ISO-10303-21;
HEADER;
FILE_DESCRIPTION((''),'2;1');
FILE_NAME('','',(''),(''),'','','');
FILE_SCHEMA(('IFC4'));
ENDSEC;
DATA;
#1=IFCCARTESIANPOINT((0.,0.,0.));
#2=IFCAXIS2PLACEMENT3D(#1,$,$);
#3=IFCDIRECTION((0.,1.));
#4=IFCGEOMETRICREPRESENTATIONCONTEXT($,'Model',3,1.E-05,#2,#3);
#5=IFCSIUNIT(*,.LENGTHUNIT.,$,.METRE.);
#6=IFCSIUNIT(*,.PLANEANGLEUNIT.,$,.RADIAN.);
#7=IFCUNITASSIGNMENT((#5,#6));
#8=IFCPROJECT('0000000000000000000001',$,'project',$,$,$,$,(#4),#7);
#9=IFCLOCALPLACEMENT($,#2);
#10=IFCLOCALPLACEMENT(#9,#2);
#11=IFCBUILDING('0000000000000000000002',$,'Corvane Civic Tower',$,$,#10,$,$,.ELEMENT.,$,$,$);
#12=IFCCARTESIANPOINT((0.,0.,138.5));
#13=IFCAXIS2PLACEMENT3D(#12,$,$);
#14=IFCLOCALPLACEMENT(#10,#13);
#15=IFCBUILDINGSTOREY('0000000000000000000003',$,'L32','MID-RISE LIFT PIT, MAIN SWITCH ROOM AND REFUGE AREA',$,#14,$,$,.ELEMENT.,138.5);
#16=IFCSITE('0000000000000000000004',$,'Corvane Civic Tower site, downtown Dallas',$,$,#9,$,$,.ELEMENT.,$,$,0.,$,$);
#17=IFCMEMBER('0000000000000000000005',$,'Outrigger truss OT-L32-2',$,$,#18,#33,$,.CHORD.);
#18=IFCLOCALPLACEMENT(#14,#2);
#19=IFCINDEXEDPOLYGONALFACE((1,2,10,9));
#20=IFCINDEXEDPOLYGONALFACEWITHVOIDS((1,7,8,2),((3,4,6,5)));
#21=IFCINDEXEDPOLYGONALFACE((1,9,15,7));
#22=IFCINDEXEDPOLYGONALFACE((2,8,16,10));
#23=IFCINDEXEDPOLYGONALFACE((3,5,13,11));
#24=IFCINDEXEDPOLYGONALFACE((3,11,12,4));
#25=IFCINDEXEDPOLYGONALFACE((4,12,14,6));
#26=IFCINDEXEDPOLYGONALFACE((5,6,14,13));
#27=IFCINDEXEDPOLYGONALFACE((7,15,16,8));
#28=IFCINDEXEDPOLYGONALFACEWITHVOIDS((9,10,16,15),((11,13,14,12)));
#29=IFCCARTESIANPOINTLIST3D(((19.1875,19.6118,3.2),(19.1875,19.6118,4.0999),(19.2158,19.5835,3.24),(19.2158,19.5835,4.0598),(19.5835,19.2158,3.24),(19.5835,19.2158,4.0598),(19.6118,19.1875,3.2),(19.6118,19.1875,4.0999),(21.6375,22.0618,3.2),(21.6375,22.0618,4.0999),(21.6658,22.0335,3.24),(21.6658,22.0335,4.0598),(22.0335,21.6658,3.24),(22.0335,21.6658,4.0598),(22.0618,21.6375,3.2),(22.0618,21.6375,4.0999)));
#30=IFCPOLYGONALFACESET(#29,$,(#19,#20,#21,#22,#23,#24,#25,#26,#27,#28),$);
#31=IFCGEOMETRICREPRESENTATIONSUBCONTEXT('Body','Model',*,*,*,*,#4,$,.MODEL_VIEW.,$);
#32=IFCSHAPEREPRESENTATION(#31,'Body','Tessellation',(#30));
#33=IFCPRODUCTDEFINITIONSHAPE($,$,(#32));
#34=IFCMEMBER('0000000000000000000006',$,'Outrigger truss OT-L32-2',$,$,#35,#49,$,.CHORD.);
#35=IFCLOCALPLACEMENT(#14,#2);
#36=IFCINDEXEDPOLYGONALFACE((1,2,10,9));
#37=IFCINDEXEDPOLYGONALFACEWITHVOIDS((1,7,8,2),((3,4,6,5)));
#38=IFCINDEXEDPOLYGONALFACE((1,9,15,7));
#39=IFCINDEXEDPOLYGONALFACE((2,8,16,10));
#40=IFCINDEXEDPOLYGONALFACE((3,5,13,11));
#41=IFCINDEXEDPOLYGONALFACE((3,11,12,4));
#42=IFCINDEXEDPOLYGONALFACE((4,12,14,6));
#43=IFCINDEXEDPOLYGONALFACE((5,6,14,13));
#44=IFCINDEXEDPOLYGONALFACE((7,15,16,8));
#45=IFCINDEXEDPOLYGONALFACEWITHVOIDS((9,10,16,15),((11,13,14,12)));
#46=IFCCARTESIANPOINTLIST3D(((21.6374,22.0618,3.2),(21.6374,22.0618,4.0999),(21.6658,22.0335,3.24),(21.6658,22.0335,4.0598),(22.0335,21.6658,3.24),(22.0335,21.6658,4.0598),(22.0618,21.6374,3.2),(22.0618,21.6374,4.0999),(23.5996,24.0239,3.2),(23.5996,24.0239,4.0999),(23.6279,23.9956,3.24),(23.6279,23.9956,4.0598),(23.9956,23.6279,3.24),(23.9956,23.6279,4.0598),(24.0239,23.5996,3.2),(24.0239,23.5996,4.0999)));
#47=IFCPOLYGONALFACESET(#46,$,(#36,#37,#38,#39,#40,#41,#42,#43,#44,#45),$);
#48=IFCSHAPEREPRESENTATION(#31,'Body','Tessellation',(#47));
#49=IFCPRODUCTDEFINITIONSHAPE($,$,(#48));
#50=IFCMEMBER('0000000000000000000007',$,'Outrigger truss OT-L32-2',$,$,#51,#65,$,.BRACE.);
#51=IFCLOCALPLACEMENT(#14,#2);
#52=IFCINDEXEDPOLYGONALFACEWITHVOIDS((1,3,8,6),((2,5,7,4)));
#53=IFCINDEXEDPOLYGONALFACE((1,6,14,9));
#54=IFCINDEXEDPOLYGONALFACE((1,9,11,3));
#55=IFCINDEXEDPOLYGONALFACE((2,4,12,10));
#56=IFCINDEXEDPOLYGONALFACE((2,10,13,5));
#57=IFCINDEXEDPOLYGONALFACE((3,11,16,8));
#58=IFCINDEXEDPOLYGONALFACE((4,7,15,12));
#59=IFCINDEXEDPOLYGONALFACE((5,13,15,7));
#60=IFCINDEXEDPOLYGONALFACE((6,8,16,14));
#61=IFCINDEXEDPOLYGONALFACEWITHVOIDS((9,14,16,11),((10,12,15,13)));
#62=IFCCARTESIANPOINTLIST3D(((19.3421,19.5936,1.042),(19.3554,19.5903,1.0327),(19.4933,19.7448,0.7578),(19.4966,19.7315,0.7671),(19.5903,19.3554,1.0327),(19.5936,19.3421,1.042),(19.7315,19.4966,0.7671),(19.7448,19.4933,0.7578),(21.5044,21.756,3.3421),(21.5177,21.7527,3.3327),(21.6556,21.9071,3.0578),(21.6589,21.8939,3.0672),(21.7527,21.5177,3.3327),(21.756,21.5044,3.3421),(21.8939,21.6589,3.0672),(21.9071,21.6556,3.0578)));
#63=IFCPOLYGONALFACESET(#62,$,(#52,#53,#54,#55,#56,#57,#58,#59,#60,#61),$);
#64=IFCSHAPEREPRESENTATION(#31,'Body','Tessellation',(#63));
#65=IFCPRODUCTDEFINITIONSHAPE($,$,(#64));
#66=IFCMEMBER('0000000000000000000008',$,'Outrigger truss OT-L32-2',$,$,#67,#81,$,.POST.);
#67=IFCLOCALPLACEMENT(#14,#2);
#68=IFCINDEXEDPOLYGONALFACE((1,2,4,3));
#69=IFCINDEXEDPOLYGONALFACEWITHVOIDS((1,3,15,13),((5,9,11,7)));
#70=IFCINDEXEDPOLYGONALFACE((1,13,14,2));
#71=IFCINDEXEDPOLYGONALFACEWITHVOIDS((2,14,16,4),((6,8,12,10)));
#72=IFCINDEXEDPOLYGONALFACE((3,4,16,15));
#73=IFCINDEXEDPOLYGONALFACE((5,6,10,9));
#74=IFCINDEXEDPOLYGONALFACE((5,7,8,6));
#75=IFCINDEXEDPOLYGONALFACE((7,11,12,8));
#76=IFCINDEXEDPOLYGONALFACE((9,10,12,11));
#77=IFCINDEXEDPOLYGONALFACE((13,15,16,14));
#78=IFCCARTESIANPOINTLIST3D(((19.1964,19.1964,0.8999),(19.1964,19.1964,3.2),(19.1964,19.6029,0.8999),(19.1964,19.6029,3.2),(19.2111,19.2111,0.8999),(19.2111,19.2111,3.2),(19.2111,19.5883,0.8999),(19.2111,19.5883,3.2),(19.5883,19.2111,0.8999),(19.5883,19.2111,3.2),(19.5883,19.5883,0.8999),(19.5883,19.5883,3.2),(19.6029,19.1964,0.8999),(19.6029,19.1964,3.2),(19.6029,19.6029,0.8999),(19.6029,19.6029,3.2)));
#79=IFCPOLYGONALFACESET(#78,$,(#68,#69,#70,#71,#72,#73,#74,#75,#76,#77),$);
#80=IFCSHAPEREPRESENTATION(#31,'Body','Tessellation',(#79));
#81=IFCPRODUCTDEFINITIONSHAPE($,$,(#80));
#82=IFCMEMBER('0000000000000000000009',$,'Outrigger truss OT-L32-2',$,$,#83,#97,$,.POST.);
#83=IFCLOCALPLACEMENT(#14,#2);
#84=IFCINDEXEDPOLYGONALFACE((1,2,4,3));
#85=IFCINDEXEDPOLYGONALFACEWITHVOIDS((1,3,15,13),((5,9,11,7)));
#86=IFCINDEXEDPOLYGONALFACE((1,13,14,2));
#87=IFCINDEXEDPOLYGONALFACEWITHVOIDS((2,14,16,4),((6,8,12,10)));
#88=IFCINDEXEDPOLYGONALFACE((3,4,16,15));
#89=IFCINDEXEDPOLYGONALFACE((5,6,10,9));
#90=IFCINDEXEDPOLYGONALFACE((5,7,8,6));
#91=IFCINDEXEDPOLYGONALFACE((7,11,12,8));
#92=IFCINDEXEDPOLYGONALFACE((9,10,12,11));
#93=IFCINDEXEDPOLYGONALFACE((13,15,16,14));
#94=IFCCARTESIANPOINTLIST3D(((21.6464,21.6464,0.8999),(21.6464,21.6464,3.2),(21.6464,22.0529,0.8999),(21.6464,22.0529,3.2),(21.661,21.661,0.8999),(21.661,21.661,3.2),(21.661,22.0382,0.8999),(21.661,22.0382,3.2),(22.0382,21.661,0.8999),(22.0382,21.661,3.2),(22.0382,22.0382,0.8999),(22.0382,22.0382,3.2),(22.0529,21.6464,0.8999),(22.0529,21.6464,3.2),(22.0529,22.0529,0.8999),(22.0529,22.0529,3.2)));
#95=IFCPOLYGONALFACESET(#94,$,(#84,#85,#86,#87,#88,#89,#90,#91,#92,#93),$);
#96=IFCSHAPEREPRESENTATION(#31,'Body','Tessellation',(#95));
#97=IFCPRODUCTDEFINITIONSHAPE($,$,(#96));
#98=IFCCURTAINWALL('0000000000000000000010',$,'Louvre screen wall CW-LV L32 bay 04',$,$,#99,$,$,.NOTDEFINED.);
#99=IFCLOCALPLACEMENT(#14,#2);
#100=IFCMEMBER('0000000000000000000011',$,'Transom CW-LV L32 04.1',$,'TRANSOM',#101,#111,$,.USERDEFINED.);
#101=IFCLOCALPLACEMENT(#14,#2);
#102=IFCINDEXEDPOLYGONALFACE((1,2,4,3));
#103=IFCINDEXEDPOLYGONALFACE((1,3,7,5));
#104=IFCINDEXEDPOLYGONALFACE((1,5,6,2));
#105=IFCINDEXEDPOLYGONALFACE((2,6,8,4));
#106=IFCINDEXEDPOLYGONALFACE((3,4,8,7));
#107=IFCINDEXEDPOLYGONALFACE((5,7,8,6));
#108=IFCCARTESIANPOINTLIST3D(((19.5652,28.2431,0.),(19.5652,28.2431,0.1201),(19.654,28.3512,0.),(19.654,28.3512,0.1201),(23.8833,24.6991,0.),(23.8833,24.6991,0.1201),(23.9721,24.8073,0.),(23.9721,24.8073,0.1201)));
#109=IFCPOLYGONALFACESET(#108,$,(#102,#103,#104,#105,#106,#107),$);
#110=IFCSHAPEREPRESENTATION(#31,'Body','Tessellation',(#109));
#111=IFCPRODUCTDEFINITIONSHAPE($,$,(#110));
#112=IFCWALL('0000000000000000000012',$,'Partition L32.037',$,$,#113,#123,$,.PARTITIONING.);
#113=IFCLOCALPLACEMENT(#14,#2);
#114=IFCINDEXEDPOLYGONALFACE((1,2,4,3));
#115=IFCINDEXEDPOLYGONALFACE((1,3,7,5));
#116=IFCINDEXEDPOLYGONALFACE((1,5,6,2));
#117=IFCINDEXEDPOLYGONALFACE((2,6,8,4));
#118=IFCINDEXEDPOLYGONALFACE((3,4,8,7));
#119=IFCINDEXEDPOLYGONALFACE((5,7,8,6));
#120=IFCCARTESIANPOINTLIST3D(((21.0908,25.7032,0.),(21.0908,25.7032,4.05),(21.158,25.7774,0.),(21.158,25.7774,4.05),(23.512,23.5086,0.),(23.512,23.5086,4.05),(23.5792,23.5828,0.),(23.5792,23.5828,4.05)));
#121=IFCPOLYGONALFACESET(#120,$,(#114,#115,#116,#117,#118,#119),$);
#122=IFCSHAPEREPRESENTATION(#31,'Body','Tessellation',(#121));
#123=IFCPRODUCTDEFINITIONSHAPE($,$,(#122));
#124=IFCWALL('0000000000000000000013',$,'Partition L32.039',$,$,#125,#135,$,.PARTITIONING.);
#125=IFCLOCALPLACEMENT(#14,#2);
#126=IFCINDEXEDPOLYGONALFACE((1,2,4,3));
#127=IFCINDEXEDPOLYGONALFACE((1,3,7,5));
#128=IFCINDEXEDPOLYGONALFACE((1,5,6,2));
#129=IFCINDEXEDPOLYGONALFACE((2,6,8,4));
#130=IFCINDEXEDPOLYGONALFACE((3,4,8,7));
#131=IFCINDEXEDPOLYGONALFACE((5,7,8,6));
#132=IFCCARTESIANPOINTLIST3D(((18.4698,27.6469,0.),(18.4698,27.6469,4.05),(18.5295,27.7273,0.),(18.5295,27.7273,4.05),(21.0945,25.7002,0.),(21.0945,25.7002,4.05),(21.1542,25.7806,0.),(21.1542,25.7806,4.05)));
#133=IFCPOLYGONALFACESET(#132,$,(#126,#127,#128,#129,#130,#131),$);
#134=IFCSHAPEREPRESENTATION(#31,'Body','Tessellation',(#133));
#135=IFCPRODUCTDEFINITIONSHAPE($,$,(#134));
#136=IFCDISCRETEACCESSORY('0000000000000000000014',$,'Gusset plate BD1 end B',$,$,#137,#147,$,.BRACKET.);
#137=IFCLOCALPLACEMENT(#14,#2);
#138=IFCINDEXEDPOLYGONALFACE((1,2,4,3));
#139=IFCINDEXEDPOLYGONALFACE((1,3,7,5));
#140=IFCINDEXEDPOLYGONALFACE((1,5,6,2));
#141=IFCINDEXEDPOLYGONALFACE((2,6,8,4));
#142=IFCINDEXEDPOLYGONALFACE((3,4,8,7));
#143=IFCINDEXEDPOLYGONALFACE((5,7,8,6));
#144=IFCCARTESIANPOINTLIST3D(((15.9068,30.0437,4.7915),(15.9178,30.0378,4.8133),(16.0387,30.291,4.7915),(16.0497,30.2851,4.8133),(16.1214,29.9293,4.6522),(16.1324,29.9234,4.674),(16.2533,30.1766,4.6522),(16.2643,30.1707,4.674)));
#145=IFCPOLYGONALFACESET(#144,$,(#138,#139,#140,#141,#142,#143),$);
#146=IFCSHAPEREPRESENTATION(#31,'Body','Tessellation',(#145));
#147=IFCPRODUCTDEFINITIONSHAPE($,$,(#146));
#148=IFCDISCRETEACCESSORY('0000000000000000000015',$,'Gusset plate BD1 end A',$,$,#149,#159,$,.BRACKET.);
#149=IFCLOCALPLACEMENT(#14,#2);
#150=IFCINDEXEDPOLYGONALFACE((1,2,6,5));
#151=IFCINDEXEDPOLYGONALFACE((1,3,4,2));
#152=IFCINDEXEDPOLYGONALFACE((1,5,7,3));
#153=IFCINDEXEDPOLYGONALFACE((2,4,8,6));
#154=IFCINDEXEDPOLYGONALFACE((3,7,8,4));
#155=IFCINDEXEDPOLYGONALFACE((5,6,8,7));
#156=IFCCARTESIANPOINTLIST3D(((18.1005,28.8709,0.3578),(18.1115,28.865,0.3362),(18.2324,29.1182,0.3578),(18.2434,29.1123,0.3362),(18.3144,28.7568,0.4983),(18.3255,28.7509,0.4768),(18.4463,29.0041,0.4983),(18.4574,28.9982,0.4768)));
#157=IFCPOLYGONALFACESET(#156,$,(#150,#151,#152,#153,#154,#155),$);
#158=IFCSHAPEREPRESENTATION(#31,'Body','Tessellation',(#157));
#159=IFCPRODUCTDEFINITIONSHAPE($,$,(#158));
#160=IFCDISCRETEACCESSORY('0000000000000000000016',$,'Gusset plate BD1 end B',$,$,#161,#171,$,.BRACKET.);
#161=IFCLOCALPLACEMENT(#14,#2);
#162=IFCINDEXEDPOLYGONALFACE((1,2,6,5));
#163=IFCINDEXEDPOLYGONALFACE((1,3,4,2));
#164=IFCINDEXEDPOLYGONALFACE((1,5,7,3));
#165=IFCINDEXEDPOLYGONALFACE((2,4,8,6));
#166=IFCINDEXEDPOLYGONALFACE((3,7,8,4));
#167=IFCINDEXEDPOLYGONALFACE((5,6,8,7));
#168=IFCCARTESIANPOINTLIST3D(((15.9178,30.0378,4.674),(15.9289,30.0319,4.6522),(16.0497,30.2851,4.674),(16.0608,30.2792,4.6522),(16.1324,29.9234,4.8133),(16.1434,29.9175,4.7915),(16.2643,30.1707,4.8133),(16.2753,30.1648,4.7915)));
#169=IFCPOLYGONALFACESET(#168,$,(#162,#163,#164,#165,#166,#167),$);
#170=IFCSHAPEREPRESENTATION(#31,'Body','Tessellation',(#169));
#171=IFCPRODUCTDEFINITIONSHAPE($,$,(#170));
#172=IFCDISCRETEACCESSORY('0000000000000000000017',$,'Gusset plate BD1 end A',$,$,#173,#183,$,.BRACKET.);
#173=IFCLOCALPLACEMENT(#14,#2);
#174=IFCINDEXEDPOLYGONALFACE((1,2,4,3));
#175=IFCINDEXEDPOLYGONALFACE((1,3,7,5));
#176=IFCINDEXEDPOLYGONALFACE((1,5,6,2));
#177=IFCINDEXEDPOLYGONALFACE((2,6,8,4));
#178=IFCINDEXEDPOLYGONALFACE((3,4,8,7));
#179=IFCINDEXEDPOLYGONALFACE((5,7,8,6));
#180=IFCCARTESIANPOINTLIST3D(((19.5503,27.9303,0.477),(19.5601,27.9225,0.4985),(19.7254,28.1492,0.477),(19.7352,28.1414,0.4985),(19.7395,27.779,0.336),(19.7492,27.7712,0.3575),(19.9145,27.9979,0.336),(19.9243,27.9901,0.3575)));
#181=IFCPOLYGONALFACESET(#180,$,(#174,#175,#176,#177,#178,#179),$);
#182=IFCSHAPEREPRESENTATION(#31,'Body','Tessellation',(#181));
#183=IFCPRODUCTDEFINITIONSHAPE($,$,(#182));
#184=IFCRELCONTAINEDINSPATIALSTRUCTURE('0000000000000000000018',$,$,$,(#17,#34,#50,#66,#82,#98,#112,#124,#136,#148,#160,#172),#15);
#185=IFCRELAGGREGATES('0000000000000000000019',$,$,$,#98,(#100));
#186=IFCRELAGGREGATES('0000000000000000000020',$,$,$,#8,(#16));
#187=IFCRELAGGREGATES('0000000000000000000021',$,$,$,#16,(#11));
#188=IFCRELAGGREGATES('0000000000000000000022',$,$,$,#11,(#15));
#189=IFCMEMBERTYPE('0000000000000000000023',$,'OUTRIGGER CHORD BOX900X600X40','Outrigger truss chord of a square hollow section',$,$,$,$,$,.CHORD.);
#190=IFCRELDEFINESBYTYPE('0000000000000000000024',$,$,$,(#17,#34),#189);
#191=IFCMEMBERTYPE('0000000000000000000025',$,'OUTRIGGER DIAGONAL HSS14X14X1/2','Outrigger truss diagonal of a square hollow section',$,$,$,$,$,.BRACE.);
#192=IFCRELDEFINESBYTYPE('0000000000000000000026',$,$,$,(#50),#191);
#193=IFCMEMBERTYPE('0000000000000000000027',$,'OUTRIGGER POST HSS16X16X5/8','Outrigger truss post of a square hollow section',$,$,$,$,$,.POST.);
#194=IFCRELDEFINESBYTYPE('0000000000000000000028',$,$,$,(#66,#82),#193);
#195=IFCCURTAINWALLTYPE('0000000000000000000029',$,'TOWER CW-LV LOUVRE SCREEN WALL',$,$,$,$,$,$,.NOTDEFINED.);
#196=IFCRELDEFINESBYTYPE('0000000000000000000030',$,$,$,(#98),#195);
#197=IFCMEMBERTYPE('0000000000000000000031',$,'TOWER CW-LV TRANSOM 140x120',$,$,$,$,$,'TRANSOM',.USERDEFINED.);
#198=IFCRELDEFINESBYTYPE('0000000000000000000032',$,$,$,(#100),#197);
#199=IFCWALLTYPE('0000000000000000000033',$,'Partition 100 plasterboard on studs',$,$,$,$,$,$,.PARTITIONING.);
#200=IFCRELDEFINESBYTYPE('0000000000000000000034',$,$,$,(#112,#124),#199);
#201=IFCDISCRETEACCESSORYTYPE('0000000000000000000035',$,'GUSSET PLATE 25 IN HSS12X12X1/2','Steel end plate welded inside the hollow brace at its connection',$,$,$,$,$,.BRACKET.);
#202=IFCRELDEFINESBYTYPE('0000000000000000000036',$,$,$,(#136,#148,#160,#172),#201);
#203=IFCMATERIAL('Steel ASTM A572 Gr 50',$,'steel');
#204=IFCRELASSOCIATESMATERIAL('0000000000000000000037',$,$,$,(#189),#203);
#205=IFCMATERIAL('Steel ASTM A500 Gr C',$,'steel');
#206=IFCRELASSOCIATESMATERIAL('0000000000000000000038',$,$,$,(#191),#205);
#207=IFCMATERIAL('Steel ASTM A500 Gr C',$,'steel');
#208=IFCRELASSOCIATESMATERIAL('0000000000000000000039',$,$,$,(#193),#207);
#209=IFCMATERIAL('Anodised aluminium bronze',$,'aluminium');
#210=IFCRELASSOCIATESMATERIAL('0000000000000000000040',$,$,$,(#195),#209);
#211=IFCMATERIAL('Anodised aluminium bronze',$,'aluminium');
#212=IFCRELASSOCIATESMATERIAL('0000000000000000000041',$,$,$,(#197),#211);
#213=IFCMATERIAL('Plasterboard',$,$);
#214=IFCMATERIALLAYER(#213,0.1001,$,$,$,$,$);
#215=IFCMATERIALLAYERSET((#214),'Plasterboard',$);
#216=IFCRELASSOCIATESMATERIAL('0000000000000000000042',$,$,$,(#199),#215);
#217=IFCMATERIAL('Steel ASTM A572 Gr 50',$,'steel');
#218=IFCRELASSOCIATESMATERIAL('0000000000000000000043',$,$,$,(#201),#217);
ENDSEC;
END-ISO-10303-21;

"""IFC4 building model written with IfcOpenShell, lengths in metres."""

from ifc_helpers import new_model, si_unit, direction, frame, frame_2d, origin, origin_2d, place, context, subcontext, project, spatial, rectangle, hollow_rectangle, extrude, material, layer, layer_set, material_profile, profile_set, type_object, element, aggregate, save


model = new_model("IFC4")

# Units and contexts
model_context = context("Model", 3, precision=1e-05, world=origin(), true_north=direction((0.0, 1.0)))
body_context = subcontext(model_context, "Body", "Model", "MODEL_VIEW")
ifc_project = project(units=[si_unit("LENGTHUNIT", "METRE"), si_unit("PLANEANGLEUNIT", "RADIAN")], contexts=[model_context])

# Site, building, storey
site_placement = place(None, origin())
site = spatial("IfcSite", under=ifc_project, at=site_placement, Name="Corvane Civic Tower site, downtown Dallas", CompositionType="ELEMENT", RefElevation=0.0)
building_placement = place(site_placement, origin())
building = spatial("IfcBuilding", under=site, at=building_placement, Name="Corvane Civic Tower", CompositionType="ELEMENT")
storey_placement = place(building_placement, frame((0.0, 0.0, 138.5)))
storey = spatial("IfcBuildingStorey", under=building, at=storey_placement, Name="L32", Description="MID-RISE LIFT PIT, MAIN SWITCH ROOM AND REFUGE AREA", CompositionType="ELEMENT", Elevation=138.5)

# Members
ifc_material_1 = material(Name="Steel ASTM A572 Gr 50", Category="steel")
ifc_material_profile_1 = material_profile(ifc_material_1, hollow_rectangle(XDim=0.6001, YDim=0.8999, WallThickness=0.04, at=origin_2d()), Name="BOX900X600X40")
ifc_profile_set_1 = profile_set([ifc_material_profile_1], Name="Steel ASTM A572 Gr 50")
member_type_1 = type_object("IfcMemberType", Name="OUTRIGGER CHORD BOX900X600X40", Description="Outrigger truss chord of a square hollow section", PredefinedType="CHORD", material=ifc_profile_set_1)
member_1_placement = place(storey_placement, frame((19.3997, 19.3997, 3.6499), z_axis=(0.707107, 0.707107, 0.0), x_axis=(-0.707107, 0.707107, 0.0)))
element("IfcMember", 1, at=member_1_placement, inside=storey, type_object=member_type_1, Name="Outrigger truss OT-L32-2", PredefinedType="CHORD", context=body_context, shape_type="SweptSolid", body=[
    extrude(hollow_rectangle(XDim=0.6001, YDim=0.8999, WallThickness=0.04, at=origin_2d()), origin(), (0.0, 0.0, 1.0), 3.4648),
])
member_2_placement = place(storey_placement, frame((21.8496, 21.8496, 3.6499), z_axis=(0.707107, 0.707107, 0.0), x_axis=(-0.707107, 0.707107, 0.0)))
element("IfcMember", 2, at=member_2_placement, inside=storey, type_object=member_type_1, Name="Outrigger truss OT-L32-2", PredefinedType="CHORD", context=body_context, shape_type="SweptSolid", body=[
    extrude(hollow_rectangle(XDim=0.6001, YDim=0.8999, WallThickness=0.04, at=origin_2d()), origin(), (0.0, 0.0, 1.0), 2.7749),
])
ifc_material_2 = material(Name="Steel ASTM A500 Gr C", Category="steel")
ifc_material_profile_2 = material_profile(ifc_material_2, hollow_rectangle(XDim=0.3557, YDim=0.3557, WallThickness=0.0117, at=origin_2d()), Name="HSS14X14X1/2")
ifc_profile_set_2 = profile_set([ifc_material_profile_2], Name="Steel ASTM A500 Gr C")
member_type_2 = type_object("IfcMemberType", Name="OUTRIGGER DIAGONAL HSS14X14X1/2", Description="Outrigger truss diagonal of a square hollow section", PredefinedType="BRACE", material=ifc_profile_set_2)
member_3_placement = place(storey_placement, frame((19.5435, 19.5435, 0.8999), z_axis=(0.565106, 0.565106, 0.601091), x_axis=(-0.707107, 0.707107, 0.0)))
element("IfcMember", 3, at=member_3_placement, inside=storey, type_object=member_type_2, Name="Outrigger truss OT-L32-2", PredefinedType="BRACE", context=body_context, shape_type="SweptSolid", body=[
    extrude(hollow_rectangle(XDim=0.3557, YDim=0.3557, WallThickness=0.0117, at=origin_2d()), origin(), (0.0, 0.0, 1.0), 3.8264),
])
ifc_material_3 = material(Name="Steel ASTM A500 Gr C", Category="steel")
ifc_material_profile_3 = material_profile(ifc_material_3, hollow_rectangle(XDim=0.4065, YDim=0.4065, WallThickness=0.0146, at=origin_2d()), Name="HSS16X16X5/8")
ifc_profile_set_3 = profile_set([ifc_material_profile_3], Name="Steel ASTM A500 Gr C")
member_type_3 = type_object("IfcMemberType", Name="OUTRIGGER POST HSS16X16X5/8", Description="Outrigger truss post of a square hollow section", PredefinedType="POST", material=ifc_profile_set_3)
for number, where, z_axis, x_axis, name in (
    (4, (19.3997, 19.3997, 0.8999), (0.0, 0.0, 1.0), (1.0, 0.0, 0.0), "Outrigger truss OT-L32-2"),
    (5, (21.8496, 21.8496, 0.8999), (0.0, 0.0, 1.0), (1.0, 0.0, 0.0), "Outrigger truss OT-L32-2"),
):
    element("IfcMember", number, at=place(storey_placement, frame(where, z_axis=z_axis, x_axis=x_axis)), inside=storey, type_object=member_type_3, Name=name, PredefinedType="POST", context=body_context, shape_type="SweptSolid", body=[
        extrude(hollow_rectangle(XDim=0.4065, YDim=0.4065, WallThickness=0.0146, at=origin_2d()), origin(), (0.0, 0.0, 1.0), 2.3),
    ])

# Curtain wall, member
ifc_material_4 = material(Name="Anodised aluminium bronze", Category="aluminium")
curtain_wall_type = type_object("IfcCurtainWallType", Name="TOWER CW-LV LOUVRE SCREEN WALL", PredefinedType="NOTDEFINED", material=ifc_material_4)
curtain_wall_placement = place(storey_placement, origin())
curtain_wall = element("IfcCurtainWall", 6, at=curtain_wall_placement, inside=storey, type_object=curtain_wall_type, Name="Louvre screen wall CW-LV L32 bay 04", PredefinedType="NOTDEFINED")
ifc_material_5 = material(Name="Anodised aluminium bronze", Category="aluminium")
ifc_material_profile_4 = material_profile(ifc_material_5, rectangle(XDim=0.1399, YDim=0.1201, at=origin_2d()), Name="TOWER CW-LV TRANSOM 140x120")
ifc_profile_set_4 = profile_set([ifc_material_profile_4], Name="Anodised aluminium bronze")
member_type_4 = type_object("IfcMemberType", Name="TOWER CW-LV TRANSOM 140x120", ElementType="TRANSOM", PredefinedType="USERDEFINED", material=ifc_profile_set_4)
member_4_placement = place(storey_placement, frame((19.6096, 28.2971, 0.0601), z_axis=(0.772996, -0.63441, 0.0), x_axis=(0.63441, 0.772996, 0.0)))
member_4 = element("IfcMember", 7, at=member_4_placement, type_object=member_type_4, Name="Transom CW-LV L32 04.1", ObjectType="TRANSOM", PredefinedType="USERDEFINED", context=body_context, shape_type="SweptSolid", body=[
    extrude(rectangle(XDim=0.1399, YDim=0.1201, at=origin_2d()), origin(), (0.0, 0.0, 1.0), 5.5862),
])

# Walls
ifc_material_6 = material(Name="Plasterboard")
ifc_layer = layer(ifc_material_6, 0.1001)
ifc_layer_set = layer_set([ifc_layer], Name="Plasterboard")
wall_type = type_object("IfcWallType", Name="Partition 100 plasterboard on studs", PredefinedType="PARTITIONING", material=ifc_layer_set)
for number, where, z_axis, x_axis, name in (
    (8, (21.1245, 25.7402, 0.0), (0.0, 0.0, 1.0), (0.740923, -0.67159, 0.0), "Partition L32.037"),
    (9, (18.4998, 27.687, 0.0), (0.0, 0.0, 1.0), (0.803189, -0.595724, 0.0), "Partition L32.039"),
):
    element("IfcWall", number, at=place(storey_placement, frame(where, z_axis=z_axis, x_axis=x_axis)), inside=storey, type_object=wall_type, Name=name, PredefinedType="PARTITIONING", context=body_context, shape_type="SweptSolid", body=[
        extrude(rectangle(XDim=3.2678, YDim=0.1001, at=frame_2d((1.6338, 0.0))), origin(), (0.0, 0.0, 1.0), 4.05),
    ])

aggregate(curtain_wall, [member_4])

# Discrete accessories
ifc_material_7 = material(Name="Steel ASTM A572 Gr 50", Category="steel")
ifc_material_profile_5 = material_profile(ifc_material_7, rectangle(XDim=0.2803, YDim=0.2803, at=origin_2d()), Name="GUSSET PLATE 25 IN HSS12X12X1/2")
ifc_profile_set_5 = profile_set([ifc_material_profile_5], Name="Steel ASTM A572 Gr 50")
discrete_accessory_type_1 = type_object("IfcDiscreteAccessoryType", Name="GUSSET PLATE 25 IN HSS12X12X1/2", Description="Steel end plate welded inside the hollow brace at its connection", PredefinedType="BRACKET", material=ifc_profile_set_5)
discrete_accessory_1_placement = place(storey_placement, frame((16.0911, 30.1042, 4.7437), z_axis=(-0.438696, 0.233971, -0.867643), x_axis=(-0.470588, -0.882353, 0.0)))
element("IfcDiscreteAccessory", 10, at=discrete_accessory_1_placement, inside=storey, type_object=discrete_accessory_type_1, Name="Gusset plate BD1 end B", PredefinedType="BRACKET", context=body_context, shape_type="SweptSolid", body=[
    extrude(rectangle(XDim=0.2803, YDim=0.2803, at=origin_2d()), origin(), (0.0, 0.0, 1.0), 0.0251),
])
discrete_accessory_2_placement = place(storey_placement, frame((18.2844, 28.9316, 0.4065), z_axis=(-0.442433, 0.235964, 0.865202), x_axis=(-0.470588, -0.882353, 0.0)))
element("IfcDiscreteAccessory", 11, at=discrete_accessory_2_placement, inside=storey, type_object=discrete_accessory_type_1, Name="Gusset plate BD1 end A", PredefinedType="BRACKET", context=body_context, shape_type="SweptSolid", body=[
    extrude(rectangle(XDim=0.2803, YDim=0.2803, at=origin_2d()), origin(), (0.0, 0.0, 1.0), 0.0249),
])
discrete_accessory_3_placement = place(storey_placement, frame((16.0911, 30.1042, 4.7437), z_axis=(0.438696, -0.233971, -0.867643), x_axis=(0.470588, 0.882353, 0.0)))
element("IfcDiscreteAccessory", 12, at=discrete_accessory_3_placement, inside=storey, type_object=discrete_accessory_type_1, Name="Gusset plate BD1 end B", PredefinedType="BRACKET", context=body_context, shape_type="SweptSolid", body=[
    extrude(rectangle(XDim=0.2803, YDim=0.2803, at=origin_2d()), origin(), (0.0, 0.0, 1.0), 0.0251),
])
discrete_accessory_4_placement = place(storey_placement, frame((19.7324, 27.9641, 0.4065), z_axis=(0.392837, -0.31427, 0.864242), x_axis=(0.624695, 0.780869, 0.0)))
element("IfcDiscreteAccessory", 13, at=discrete_accessory_4_placement, inside=storey, type_object=discrete_accessory_type_1, Name="Gusset plate BD1 end A", PredefinedType="BRACKET", context=body_context, shape_type="SweptSolid", body=[
    extrude(rectangle(XDim=0.2803, YDim=0.2803, at=origin_2d()), origin(), (0.0, 0.0, 1.0), 0.0249),
])

save(model, "model.ifc")
